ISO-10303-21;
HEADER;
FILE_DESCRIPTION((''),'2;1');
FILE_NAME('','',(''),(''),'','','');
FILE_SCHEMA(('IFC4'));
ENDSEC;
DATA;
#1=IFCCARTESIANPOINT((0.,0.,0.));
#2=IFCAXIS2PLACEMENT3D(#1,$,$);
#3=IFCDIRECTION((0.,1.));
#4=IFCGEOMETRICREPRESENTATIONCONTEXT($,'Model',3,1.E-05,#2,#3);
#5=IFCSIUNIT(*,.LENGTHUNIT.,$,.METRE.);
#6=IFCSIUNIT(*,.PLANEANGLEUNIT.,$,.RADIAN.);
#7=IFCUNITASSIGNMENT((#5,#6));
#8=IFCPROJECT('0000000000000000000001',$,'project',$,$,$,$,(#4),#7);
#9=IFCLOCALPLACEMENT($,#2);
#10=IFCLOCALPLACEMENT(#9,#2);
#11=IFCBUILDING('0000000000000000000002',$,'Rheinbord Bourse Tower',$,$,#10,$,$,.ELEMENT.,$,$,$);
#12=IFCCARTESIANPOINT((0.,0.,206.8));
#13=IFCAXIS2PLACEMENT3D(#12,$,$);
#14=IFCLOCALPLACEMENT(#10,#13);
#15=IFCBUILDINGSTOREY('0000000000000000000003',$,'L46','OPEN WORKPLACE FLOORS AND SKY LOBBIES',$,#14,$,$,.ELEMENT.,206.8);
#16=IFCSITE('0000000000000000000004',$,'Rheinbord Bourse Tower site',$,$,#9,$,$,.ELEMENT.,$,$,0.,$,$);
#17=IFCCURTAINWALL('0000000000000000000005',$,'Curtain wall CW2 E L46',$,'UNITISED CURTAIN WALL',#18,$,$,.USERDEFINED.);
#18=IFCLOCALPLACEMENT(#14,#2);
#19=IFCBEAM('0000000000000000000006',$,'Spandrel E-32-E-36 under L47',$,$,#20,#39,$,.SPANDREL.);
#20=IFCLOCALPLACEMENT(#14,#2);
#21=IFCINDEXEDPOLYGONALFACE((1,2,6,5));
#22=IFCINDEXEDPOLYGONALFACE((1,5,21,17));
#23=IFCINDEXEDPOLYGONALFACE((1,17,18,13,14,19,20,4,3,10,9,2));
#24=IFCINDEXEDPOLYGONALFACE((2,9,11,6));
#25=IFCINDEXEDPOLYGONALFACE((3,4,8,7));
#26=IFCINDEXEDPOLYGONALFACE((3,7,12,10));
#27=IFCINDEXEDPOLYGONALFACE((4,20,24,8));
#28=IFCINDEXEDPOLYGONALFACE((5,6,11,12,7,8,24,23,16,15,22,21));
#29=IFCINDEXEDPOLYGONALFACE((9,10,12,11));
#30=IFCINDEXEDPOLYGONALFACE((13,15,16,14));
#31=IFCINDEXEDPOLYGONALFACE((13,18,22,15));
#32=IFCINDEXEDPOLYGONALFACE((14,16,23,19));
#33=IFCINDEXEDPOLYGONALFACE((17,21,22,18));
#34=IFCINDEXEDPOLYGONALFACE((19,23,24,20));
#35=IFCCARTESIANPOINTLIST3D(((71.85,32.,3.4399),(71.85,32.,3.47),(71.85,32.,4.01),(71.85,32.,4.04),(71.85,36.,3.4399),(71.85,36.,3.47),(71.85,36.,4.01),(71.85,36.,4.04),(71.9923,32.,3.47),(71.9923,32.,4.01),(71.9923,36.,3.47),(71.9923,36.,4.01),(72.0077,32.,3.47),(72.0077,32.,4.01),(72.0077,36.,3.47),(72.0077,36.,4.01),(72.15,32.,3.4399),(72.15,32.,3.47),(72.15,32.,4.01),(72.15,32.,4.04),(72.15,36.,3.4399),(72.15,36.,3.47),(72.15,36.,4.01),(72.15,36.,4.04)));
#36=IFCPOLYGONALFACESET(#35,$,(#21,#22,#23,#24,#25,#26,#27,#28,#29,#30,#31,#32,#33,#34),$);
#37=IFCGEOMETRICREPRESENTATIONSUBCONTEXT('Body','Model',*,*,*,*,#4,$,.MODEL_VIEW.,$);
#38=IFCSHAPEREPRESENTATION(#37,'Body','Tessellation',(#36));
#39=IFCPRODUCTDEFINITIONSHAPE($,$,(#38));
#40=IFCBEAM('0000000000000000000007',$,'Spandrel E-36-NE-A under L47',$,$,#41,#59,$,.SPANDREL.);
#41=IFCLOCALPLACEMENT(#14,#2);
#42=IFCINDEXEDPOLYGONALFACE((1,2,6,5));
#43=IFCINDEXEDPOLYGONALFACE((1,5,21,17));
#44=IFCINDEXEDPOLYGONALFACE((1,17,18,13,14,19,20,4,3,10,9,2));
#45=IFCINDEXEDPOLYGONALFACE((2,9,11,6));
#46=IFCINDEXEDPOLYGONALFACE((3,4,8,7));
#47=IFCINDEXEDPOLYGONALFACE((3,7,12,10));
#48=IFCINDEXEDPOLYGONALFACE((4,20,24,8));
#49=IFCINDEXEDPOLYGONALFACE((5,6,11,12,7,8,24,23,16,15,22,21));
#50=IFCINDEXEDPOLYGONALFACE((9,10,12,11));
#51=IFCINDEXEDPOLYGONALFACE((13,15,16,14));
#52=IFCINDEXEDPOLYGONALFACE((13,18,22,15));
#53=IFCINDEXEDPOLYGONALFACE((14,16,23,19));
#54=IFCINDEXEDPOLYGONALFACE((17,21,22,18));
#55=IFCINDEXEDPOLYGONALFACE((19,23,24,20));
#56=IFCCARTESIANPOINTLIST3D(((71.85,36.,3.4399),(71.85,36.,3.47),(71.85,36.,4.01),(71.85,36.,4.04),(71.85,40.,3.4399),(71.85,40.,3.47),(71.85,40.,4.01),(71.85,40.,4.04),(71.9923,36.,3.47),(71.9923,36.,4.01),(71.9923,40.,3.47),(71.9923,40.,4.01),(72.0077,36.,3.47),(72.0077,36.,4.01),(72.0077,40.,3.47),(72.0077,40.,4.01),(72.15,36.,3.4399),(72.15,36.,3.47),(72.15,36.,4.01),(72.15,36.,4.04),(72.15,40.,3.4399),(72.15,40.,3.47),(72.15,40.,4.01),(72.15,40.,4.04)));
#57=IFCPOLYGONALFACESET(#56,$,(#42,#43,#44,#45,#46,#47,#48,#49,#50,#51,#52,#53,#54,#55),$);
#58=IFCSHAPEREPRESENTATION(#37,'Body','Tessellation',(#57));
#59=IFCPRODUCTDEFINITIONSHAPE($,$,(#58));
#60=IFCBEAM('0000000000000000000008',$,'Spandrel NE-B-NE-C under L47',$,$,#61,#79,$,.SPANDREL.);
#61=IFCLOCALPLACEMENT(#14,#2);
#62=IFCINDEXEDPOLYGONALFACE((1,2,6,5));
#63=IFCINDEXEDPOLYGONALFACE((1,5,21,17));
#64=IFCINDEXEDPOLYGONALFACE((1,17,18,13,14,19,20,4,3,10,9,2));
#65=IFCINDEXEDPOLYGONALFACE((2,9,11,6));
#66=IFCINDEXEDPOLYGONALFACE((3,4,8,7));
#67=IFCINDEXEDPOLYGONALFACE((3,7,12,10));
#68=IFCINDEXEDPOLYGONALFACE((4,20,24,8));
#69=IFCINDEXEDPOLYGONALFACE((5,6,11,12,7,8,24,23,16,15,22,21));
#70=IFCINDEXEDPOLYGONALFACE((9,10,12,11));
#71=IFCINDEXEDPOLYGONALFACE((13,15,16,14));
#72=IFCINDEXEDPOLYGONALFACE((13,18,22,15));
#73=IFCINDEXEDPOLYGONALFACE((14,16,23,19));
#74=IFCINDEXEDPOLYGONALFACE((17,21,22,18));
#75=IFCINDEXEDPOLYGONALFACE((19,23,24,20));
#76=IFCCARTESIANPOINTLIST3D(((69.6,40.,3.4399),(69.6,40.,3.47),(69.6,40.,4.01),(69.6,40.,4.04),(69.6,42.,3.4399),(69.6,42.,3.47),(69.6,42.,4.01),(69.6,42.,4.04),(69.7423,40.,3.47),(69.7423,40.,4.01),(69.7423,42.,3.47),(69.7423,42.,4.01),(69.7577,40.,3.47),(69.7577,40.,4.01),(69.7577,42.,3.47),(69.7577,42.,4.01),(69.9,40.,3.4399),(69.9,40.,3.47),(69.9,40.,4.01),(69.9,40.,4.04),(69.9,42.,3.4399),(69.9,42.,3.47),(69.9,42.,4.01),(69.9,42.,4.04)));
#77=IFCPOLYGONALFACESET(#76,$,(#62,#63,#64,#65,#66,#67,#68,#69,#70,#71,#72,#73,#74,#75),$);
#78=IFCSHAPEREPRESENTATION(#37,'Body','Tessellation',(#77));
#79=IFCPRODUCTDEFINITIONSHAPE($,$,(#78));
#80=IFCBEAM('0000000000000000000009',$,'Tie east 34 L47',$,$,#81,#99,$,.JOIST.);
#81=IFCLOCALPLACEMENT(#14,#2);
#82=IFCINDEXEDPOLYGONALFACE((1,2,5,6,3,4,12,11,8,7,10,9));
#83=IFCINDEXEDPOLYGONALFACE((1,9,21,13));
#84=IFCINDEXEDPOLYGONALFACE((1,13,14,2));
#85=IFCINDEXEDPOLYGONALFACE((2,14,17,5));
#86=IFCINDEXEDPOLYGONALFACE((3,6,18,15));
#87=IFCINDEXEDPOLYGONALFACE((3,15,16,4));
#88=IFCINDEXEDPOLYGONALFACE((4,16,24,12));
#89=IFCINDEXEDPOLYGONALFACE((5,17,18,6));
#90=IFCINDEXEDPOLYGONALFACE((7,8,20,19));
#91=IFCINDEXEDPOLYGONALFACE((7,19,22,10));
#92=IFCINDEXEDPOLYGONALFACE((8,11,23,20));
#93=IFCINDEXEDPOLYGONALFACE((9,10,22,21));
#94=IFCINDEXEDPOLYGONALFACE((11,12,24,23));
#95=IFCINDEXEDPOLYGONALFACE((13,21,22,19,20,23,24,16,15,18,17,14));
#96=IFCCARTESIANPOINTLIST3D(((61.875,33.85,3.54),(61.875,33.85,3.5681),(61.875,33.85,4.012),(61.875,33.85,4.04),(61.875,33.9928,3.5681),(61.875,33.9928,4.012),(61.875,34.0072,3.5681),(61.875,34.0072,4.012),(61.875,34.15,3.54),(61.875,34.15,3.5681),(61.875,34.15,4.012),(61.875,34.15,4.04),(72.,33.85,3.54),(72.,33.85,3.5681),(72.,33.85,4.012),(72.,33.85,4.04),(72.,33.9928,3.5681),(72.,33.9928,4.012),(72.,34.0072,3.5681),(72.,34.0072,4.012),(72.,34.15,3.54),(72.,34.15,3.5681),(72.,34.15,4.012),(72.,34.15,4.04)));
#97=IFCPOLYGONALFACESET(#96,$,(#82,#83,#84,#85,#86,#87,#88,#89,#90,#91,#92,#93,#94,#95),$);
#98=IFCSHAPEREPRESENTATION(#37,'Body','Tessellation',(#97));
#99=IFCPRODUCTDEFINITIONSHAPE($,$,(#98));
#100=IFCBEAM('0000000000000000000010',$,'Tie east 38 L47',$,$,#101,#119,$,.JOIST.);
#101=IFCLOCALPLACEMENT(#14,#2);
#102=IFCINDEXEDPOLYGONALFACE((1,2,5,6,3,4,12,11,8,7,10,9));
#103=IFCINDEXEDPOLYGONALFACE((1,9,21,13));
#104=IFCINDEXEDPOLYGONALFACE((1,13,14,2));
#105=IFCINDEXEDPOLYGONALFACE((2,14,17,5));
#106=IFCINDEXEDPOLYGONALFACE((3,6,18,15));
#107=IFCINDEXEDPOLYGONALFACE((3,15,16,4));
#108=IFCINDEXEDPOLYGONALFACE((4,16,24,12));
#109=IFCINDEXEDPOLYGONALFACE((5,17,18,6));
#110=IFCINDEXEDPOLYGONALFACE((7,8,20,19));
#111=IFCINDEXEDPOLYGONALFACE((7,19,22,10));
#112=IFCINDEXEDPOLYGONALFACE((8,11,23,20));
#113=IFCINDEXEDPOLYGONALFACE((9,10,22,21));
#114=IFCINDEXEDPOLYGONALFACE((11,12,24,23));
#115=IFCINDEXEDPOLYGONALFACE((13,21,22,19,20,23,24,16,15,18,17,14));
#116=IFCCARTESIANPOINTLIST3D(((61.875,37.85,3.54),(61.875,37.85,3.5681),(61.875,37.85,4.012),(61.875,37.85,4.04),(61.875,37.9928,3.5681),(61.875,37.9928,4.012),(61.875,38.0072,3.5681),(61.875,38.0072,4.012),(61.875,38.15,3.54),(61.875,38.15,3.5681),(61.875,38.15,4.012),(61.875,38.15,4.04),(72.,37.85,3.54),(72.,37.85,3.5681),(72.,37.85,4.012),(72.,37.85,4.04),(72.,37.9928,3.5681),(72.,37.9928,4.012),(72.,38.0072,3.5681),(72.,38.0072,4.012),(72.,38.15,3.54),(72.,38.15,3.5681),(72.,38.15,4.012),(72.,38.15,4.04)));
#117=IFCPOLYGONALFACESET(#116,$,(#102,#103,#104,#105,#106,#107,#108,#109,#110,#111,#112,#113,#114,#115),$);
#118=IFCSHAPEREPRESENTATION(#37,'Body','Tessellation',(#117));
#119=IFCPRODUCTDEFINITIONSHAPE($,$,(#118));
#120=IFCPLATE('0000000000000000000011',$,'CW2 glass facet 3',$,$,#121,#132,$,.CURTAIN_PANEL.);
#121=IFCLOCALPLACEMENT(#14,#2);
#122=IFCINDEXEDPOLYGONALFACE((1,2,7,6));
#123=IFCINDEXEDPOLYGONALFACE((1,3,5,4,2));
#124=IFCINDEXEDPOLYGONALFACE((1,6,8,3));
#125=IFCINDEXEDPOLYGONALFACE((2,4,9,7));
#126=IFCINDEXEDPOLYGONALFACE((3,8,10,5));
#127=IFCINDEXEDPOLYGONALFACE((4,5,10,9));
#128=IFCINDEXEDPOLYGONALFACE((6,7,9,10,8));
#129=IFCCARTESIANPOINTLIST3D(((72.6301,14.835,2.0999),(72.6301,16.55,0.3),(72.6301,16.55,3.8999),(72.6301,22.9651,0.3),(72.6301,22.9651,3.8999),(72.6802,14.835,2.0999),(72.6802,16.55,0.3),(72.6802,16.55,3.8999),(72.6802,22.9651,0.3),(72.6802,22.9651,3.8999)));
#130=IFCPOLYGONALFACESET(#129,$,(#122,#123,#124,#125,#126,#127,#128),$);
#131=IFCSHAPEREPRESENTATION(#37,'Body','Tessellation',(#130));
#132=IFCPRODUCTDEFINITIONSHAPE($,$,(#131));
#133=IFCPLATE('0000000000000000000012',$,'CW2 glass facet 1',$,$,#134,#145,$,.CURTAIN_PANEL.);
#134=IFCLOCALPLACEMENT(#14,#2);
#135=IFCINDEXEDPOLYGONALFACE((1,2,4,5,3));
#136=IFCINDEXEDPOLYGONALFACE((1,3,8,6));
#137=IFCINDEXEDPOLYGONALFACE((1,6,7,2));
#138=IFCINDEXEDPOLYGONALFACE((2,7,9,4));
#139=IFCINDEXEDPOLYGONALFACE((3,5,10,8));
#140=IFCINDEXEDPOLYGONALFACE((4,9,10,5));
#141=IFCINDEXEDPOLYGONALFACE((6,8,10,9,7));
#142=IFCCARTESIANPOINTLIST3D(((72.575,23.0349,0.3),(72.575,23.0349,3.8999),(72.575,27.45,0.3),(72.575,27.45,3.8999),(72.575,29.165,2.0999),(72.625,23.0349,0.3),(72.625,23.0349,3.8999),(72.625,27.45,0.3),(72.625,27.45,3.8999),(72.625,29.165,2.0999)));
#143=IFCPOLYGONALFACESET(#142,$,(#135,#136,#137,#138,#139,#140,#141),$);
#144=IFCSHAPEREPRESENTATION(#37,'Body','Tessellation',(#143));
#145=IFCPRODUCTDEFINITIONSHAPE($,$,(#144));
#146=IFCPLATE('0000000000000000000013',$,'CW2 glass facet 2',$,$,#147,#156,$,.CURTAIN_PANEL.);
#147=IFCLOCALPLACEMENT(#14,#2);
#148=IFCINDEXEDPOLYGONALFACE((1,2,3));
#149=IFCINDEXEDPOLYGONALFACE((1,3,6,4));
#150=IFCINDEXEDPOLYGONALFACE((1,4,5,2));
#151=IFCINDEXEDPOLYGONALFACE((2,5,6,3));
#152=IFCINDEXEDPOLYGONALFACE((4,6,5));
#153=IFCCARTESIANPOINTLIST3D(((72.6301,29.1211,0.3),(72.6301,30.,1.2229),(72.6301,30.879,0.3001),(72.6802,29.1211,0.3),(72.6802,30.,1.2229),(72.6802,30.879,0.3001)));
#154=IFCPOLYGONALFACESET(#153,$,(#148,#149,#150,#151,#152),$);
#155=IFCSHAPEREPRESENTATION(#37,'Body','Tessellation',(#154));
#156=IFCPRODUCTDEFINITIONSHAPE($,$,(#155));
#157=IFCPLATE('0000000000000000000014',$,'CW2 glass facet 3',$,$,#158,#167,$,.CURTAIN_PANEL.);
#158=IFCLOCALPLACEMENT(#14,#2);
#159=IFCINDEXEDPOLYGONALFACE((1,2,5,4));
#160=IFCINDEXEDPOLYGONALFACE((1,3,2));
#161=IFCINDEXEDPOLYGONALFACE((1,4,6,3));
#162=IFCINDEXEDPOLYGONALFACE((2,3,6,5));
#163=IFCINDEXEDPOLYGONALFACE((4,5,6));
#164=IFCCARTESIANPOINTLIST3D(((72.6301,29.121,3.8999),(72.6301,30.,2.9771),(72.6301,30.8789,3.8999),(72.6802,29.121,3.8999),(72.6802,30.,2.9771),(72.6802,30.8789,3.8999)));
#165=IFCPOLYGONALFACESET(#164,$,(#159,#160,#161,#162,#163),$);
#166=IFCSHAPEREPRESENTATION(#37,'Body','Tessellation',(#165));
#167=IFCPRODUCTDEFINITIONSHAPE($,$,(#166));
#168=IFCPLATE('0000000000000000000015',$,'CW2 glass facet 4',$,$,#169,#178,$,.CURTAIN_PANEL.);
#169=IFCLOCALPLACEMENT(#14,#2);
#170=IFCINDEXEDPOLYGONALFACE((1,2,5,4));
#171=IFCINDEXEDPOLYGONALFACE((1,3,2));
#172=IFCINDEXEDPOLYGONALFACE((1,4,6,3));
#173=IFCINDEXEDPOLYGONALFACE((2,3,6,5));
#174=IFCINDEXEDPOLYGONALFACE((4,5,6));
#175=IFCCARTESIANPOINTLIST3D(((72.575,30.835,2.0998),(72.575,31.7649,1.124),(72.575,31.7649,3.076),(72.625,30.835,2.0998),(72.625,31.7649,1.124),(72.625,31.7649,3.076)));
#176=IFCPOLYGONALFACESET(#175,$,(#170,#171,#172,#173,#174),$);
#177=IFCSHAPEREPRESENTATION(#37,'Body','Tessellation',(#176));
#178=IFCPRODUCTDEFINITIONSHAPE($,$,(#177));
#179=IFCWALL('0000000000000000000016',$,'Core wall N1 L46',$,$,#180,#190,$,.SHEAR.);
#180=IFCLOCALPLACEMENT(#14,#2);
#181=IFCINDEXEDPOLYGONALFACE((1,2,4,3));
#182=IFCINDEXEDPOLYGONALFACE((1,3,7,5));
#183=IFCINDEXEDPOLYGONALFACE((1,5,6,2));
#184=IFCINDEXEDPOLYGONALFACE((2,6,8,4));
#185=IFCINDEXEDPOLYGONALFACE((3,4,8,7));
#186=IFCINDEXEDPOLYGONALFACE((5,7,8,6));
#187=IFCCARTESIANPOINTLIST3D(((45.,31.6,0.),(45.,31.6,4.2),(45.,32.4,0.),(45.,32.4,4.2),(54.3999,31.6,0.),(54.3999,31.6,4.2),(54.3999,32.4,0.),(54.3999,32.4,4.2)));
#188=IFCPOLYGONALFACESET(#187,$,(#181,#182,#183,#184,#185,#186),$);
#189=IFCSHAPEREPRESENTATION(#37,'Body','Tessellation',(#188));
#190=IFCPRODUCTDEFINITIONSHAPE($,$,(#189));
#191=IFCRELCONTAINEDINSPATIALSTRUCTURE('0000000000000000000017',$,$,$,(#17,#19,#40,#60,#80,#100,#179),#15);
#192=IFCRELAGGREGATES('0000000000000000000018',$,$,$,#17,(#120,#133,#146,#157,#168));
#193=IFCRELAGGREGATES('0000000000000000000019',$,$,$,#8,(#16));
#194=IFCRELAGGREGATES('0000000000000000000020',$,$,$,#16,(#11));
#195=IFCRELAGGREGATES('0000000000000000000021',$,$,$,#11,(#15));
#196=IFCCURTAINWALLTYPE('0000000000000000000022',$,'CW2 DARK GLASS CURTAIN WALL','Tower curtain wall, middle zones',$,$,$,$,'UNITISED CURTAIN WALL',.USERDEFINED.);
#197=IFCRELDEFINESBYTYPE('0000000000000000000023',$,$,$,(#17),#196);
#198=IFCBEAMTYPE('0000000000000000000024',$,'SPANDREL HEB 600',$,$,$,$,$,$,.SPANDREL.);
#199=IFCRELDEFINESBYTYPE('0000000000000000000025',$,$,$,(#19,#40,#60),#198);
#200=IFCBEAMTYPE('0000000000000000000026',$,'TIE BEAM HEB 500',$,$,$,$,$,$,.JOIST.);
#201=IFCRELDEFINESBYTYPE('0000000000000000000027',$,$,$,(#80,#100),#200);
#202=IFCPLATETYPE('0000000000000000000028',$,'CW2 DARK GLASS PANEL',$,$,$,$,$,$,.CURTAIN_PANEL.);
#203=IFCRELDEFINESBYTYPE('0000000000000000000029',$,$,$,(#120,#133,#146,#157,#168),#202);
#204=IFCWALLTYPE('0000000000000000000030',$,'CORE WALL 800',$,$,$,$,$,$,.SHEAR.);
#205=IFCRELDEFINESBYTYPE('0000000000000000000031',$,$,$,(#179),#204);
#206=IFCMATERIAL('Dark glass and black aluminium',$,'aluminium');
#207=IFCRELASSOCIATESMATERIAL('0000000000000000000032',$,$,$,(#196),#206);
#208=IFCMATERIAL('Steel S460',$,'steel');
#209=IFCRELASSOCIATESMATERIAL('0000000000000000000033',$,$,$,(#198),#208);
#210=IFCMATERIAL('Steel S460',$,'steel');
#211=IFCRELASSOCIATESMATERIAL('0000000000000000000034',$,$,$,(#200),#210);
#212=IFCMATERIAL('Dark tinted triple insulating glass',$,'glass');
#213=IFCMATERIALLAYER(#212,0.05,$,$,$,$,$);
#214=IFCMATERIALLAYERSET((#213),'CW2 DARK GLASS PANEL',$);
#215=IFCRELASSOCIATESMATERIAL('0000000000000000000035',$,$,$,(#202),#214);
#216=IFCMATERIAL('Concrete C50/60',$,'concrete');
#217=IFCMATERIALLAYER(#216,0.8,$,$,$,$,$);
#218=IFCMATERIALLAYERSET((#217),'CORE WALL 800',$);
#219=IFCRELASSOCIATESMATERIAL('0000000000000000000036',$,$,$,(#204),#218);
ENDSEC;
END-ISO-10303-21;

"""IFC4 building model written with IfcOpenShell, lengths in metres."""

from ifc_helpers import new_model, si_unit, direction, frame, frame_2d, origin, origin_2d, place, context, subcontext, project, spatial, polyline, rectangle, i_section, outline, extrude, material, layer, layer_set, material_profile, profile_set, type_object, element, aggregate, save


model = new_model("IFC4")

# Units and contexts
model_context = context("Model", 3, precision=1e-05, world=origin(), true_north=direction((0.0, 1.0)))
body_context = subcontext(model_context, "Body", "Model", "MODEL_VIEW")
ifc_project = project(units=[si_unit("LENGTHUNIT", "METRE"), si_unit("PLANEANGLEUNIT", "RADIAN")], contexts=[model_context])

# Site, building, storey
site_placement = place(None, origin())
site = spatial("IfcSite", under=ifc_project, at=site_placement, Name="Rheinbord Bourse Tower site", CompositionType="ELEMENT", RefElevation=0.0)
building_placement = place(site_placement, origin())
building = spatial("IfcBuilding", under=site, at=building_placement, Name="Rheinbord Bourse Tower", CompositionType="ELEMENT")
storey_placement = place(building_placement, frame((0.0, 0.0, 206.8)))
storey = spatial("IfcBuildingStorey", under=building, at=storey_placement, Name="L46", Description="OPEN WORKPLACE FLOORS AND SKY LOBBIES", CompositionType="ELEMENT", Elevation=206.8)

# Curtain wall
ifc_material_1 = material(Name="Dark glass and black aluminium", Category="aluminium")
curtain_wall_type = type_object("IfcCurtainWallType", Name="CW2 DARK GLASS CURTAIN WALL", Description="Tower curtain wall, middle zones", ElementType="UNITISED CURTAIN WALL", PredefinedType="USERDEFINED", material=ifc_material_1)
curtain_wall_placement = place(storey_placement, origin())
curtain_wall = element("IfcCurtainWall", 1, at=curtain_wall_placement, inside=storey, type_object=curtain_wall_type, Name="Curtain wall CW2 E L46", ObjectType="UNITISED CURTAIN WALL", PredefinedType="USERDEFINED")

# Beams
ifc_material_2 = material(Name="Steel S460", Category="steel")
ifc_material_profile_1 = material_profile(ifc_material_2, i_section(OverallWidth=0.3, OverallDepth=0.6001, WebThickness=0.0154, FlangeThickness=0.03, at=origin_2d()), Name="HEB 600")
ifc_profile_set_1 = profile_set([ifc_material_profile_1], Name="Steel S460")
beam_type_1 = type_object("IfcBeamType", Name="SPANDREL HEB 600", PredefinedType="SPANDREL", material=ifc_profile_set_1)
for number, where, z_axis, x_axis, name in (
    (2, (72.0, 32.0, 3.74), (0.0, 1.0, 0.0), (-1.0, 0.0, 0.0), "Spandrel E-32-E-36 under L47"),
    (3, (72.0, 36.0, 3.74), (0.0, 1.0, 0.0), (-1.0, 0.0, 0.0), "Spandrel E-36-NE-A under L47"),
):
    element("IfcBeam", number, at=place(storey_placement, frame(where, z_axis=z_axis, x_axis=x_axis)), inside=storey, type_object=beam_type_1, Name=name, PredefinedType="SPANDREL", context=body_context, shape_type="SweptSolid", body=[
        extrude(i_section(OverallWidth=0.3, OverallDepth=0.6001, WebThickness=0.0154, FlangeThickness=0.03, at=origin_2d()), origin(), (0.0, 0.0, 1.0), 4.0),
    ])
beam_placement = place(storey_placement, frame((69.75, 40.0, 3.74), z_axis=(0.0, 1.0, 0.0), x_axis=(-1.0, 0.0, 0.0)))
element("IfcBeam", 4, at=beam_placement, inside=storey, type_object=beam_type_1, Name="Spandrel NE-B-NE-C under L47", PredefinedType="SPANDREL", context=body_context, shape_type="SweptSolid", body=[
    extrude(i_section(OverallWidth=0.3, OverallDepth=0.6001, WebThickness=0.0154, FlangeThickness=0.03, at=origin_2d()), origin(), (0.0, 0.0, 1.0), 2.0),
])
ifc_material_3 = material(Name="Steel S460", Category="steel")
ifc_material_profile_2 = material_profile(ifc_material_3, i_section(OverallWidth=0.3, OverallDepth=0.5, WebThickness=0.0144, FlangeThickness=0.0281, at=origin_2d()), Name="HEB 500")
ifc_profile_set_2 = profile_set([ifc_material_profile_2], Name="Steel S460")
beam_type_2 = type_object("IfcBeamType", Name="TIE BEAM HEB 500", PredefinedType="JOIST", material=ifc_profile_set_2)
for number, where, z_axis, x_axis, name in (
    (5, (61.875, 34.0, 3.79), (1.0, 0.0, 0.0), (0.0, 1.0, 0.0), "Tie east 34 L47"),
    (6, (61.875, 38.0, 3.79), (1.0, 0.0, 0.0), (0.0, 1.0, 0.0), "Tie east 38 L47"),
):
    element("IfcBeam", number, at=place(storey_placement, frame(where, z_axis=z_axis, x_axis=x_axis)), inside=storey, type_object=beam_type_2, Name=name, PredefinedType="JOIST", context=body_context, shape_type="SweptSolid", body=[
        extrude(i_section(OverallWidth=0.3, OverallDepth=0.5, WebThickness=0.0144, FlangeThickness=0.0281, at=origin_2d()), origin(), (0.0, 0.0, 1.0), 10.125),
    ])

# Plates
ifc_material_4 = material(Name="Dark tinted triple insulating glass", Category="glass")
ifc_layer_1 = layer(ifc_material_4, 0.05)
ifc_layer_set_1 = layer_set([ifc_layer_1], Name="CW2 DARK GLASS PANEL")
plate_type = type_object("IfcPlateType", Name="CW2 DARK GLASS PANEL", PredefinedType="CURTAIN_PANEL", material=ifc_layer_set_1)
plate_1_placement = place(storey_placement, frame((72.6802, 22.9651, 3.8999), z_axis=(-1.0, 0.0, 0.0), x_axis=(0.0, 0.0, -1.0)))
plate_1 = element("IfcPlate", 7, at=plate_1_placement, type_object=plate_type, Name="CW2 glass facet 3", PredefinedType="CURTAIN_PANEL", context=body_context, shape_type="SweptSolid", body=[
    extrude(outline(polyline([(0.0, 0.0), (3.5999, 0.0), (3.5999, 6.415), (1.8, 8.1301), (0.0, 6.415), (0.0, 0.0)])), origin(), (0.0, 0.0, 1.0), 0.05),
])
plate_2_placement = place(storey_placement, frame((72.625, 23.0349, 0.3), z_axis=(-1.0, 0.0, 0.0), x_axis=(0.0, 0.0, 1.0)))
plate_2 = element("IfcPlate", 8, at=plate_2_placement, type_object=plate_type, Name="CW2 glass facet 1", PredefinedType="CURTAIN_PANEL", context=body_context, shape_type="SweptSolid", body=[
    extrude(outline(polyline([(0.0, 0.0), (3.5999, 0.0), (3.5999, 4.415), (1.7998, 6.1301), (0.0, 4.415), (0.0, 0.0)])), origin(), (0.0, 0.0, 1.0), 0.05),
])
plate_3_placement = place(storey_placement, frame((72.6802, 29.1211, 0.3), z_axis=(-1.0, 0.0, 0.0), x_axis=(0.0, 0.689655, 0.724138)))
plate_3 = element("IfcPlate", 9, at=plate_3_placement, type_object=plate_type, Name="CW2 glass facet 2", PredefinedType="CURTAIN_PANEL", context=body_context, shape_type="SweptSolid", body=[
    extrude(outline(polyline([(0.0, 0.0), (1.2744, 0.0), (1.2124, 1.2729), (0.0, 0.0)])), origin(), (0.0, 0.0, 1.0), 0.05),
])
plate_4_placement = place(storey_placement, frame((72.6802, 30.8789, 3.8999), z_axis=(-1.0, 0.0, 0.0), x_axis=(0.0, -0.689655, -0.724138)))
plate_4 = element("IfcPlate", 10, at=plate_4_placement, type_object=plate_type, Name="CW2 glass facet 3", PredefinedType="CURTAIN_PANEL", context=body_context, shape_type="SweptSolid", body=[
    extrude(outline(polyline([(0.0, 0.0), (1.2744, 0.0), (1.2124, 1.2729), (0.0, 0.0)])), origin(), (0.0, 0.0, 1.0), 0.05),
])
plate_5_placement = place(storey_placement, frame((72.625, 31.7649, 1.124), z_axis=(-1.0, 0.0, 0.0), x_axis=(0.0, -0.689877, 0.723927)))
plate_5 = element("IfcPlate", 11, at=plate_5_placement, type_object=plate_type, Name="CW2 glass facet 4", PredefinedType="CURTAIN_PANEL", context=body_context, shape_type="SweptSolid", body=[
    extrude(outline(polyline([(0.0, 0.0), (1.3479, 0.0), (1.4131, 1.3467), (0.0, 0.0)])), origin(), (0.0, 0.0, 1.0), 0.05),
])
aggregate(curtain_wall, [plate_1, plate_2, plate_3, plate_4, plate_5])

# Wall
ifc_material_5 = material(Name="Concrete C50/60", Category="concrete")
ifc_layer_2 = layer(ifc_material_5, 0.8)
ifc_layer_set_2 = layer_set([ifc_layer_2], Name="CORE WALL 800")
wall_type_1 = type_object("IfcWallType", Name="CORE WALL 800", PredefinedType="SHEAR", material=ifc_layer_set_2)
wall_1_placement = place(storey_placement, frame((54.3999, 32.0, 0.0), z_axis=(0.0, 0.0, 1.0), x_axis=(-1.0, 0.0, 0.0)))
element("IfcWall", 12, at=wall_1_placement, inside=storey, type_object=wall_type_1, Name="Core wall N1 L46", PredefinedType="SHEAR", context=body_context, shape_type="SweptSolid", body=[
    extrude(rectangle(XDim=9.3999, YDim=0.8, at=frame_2d((4.7, 0.0))), origin(), (0.0, 0.0, 1.0), 4.2),
])

save(model, "model.ifc")
